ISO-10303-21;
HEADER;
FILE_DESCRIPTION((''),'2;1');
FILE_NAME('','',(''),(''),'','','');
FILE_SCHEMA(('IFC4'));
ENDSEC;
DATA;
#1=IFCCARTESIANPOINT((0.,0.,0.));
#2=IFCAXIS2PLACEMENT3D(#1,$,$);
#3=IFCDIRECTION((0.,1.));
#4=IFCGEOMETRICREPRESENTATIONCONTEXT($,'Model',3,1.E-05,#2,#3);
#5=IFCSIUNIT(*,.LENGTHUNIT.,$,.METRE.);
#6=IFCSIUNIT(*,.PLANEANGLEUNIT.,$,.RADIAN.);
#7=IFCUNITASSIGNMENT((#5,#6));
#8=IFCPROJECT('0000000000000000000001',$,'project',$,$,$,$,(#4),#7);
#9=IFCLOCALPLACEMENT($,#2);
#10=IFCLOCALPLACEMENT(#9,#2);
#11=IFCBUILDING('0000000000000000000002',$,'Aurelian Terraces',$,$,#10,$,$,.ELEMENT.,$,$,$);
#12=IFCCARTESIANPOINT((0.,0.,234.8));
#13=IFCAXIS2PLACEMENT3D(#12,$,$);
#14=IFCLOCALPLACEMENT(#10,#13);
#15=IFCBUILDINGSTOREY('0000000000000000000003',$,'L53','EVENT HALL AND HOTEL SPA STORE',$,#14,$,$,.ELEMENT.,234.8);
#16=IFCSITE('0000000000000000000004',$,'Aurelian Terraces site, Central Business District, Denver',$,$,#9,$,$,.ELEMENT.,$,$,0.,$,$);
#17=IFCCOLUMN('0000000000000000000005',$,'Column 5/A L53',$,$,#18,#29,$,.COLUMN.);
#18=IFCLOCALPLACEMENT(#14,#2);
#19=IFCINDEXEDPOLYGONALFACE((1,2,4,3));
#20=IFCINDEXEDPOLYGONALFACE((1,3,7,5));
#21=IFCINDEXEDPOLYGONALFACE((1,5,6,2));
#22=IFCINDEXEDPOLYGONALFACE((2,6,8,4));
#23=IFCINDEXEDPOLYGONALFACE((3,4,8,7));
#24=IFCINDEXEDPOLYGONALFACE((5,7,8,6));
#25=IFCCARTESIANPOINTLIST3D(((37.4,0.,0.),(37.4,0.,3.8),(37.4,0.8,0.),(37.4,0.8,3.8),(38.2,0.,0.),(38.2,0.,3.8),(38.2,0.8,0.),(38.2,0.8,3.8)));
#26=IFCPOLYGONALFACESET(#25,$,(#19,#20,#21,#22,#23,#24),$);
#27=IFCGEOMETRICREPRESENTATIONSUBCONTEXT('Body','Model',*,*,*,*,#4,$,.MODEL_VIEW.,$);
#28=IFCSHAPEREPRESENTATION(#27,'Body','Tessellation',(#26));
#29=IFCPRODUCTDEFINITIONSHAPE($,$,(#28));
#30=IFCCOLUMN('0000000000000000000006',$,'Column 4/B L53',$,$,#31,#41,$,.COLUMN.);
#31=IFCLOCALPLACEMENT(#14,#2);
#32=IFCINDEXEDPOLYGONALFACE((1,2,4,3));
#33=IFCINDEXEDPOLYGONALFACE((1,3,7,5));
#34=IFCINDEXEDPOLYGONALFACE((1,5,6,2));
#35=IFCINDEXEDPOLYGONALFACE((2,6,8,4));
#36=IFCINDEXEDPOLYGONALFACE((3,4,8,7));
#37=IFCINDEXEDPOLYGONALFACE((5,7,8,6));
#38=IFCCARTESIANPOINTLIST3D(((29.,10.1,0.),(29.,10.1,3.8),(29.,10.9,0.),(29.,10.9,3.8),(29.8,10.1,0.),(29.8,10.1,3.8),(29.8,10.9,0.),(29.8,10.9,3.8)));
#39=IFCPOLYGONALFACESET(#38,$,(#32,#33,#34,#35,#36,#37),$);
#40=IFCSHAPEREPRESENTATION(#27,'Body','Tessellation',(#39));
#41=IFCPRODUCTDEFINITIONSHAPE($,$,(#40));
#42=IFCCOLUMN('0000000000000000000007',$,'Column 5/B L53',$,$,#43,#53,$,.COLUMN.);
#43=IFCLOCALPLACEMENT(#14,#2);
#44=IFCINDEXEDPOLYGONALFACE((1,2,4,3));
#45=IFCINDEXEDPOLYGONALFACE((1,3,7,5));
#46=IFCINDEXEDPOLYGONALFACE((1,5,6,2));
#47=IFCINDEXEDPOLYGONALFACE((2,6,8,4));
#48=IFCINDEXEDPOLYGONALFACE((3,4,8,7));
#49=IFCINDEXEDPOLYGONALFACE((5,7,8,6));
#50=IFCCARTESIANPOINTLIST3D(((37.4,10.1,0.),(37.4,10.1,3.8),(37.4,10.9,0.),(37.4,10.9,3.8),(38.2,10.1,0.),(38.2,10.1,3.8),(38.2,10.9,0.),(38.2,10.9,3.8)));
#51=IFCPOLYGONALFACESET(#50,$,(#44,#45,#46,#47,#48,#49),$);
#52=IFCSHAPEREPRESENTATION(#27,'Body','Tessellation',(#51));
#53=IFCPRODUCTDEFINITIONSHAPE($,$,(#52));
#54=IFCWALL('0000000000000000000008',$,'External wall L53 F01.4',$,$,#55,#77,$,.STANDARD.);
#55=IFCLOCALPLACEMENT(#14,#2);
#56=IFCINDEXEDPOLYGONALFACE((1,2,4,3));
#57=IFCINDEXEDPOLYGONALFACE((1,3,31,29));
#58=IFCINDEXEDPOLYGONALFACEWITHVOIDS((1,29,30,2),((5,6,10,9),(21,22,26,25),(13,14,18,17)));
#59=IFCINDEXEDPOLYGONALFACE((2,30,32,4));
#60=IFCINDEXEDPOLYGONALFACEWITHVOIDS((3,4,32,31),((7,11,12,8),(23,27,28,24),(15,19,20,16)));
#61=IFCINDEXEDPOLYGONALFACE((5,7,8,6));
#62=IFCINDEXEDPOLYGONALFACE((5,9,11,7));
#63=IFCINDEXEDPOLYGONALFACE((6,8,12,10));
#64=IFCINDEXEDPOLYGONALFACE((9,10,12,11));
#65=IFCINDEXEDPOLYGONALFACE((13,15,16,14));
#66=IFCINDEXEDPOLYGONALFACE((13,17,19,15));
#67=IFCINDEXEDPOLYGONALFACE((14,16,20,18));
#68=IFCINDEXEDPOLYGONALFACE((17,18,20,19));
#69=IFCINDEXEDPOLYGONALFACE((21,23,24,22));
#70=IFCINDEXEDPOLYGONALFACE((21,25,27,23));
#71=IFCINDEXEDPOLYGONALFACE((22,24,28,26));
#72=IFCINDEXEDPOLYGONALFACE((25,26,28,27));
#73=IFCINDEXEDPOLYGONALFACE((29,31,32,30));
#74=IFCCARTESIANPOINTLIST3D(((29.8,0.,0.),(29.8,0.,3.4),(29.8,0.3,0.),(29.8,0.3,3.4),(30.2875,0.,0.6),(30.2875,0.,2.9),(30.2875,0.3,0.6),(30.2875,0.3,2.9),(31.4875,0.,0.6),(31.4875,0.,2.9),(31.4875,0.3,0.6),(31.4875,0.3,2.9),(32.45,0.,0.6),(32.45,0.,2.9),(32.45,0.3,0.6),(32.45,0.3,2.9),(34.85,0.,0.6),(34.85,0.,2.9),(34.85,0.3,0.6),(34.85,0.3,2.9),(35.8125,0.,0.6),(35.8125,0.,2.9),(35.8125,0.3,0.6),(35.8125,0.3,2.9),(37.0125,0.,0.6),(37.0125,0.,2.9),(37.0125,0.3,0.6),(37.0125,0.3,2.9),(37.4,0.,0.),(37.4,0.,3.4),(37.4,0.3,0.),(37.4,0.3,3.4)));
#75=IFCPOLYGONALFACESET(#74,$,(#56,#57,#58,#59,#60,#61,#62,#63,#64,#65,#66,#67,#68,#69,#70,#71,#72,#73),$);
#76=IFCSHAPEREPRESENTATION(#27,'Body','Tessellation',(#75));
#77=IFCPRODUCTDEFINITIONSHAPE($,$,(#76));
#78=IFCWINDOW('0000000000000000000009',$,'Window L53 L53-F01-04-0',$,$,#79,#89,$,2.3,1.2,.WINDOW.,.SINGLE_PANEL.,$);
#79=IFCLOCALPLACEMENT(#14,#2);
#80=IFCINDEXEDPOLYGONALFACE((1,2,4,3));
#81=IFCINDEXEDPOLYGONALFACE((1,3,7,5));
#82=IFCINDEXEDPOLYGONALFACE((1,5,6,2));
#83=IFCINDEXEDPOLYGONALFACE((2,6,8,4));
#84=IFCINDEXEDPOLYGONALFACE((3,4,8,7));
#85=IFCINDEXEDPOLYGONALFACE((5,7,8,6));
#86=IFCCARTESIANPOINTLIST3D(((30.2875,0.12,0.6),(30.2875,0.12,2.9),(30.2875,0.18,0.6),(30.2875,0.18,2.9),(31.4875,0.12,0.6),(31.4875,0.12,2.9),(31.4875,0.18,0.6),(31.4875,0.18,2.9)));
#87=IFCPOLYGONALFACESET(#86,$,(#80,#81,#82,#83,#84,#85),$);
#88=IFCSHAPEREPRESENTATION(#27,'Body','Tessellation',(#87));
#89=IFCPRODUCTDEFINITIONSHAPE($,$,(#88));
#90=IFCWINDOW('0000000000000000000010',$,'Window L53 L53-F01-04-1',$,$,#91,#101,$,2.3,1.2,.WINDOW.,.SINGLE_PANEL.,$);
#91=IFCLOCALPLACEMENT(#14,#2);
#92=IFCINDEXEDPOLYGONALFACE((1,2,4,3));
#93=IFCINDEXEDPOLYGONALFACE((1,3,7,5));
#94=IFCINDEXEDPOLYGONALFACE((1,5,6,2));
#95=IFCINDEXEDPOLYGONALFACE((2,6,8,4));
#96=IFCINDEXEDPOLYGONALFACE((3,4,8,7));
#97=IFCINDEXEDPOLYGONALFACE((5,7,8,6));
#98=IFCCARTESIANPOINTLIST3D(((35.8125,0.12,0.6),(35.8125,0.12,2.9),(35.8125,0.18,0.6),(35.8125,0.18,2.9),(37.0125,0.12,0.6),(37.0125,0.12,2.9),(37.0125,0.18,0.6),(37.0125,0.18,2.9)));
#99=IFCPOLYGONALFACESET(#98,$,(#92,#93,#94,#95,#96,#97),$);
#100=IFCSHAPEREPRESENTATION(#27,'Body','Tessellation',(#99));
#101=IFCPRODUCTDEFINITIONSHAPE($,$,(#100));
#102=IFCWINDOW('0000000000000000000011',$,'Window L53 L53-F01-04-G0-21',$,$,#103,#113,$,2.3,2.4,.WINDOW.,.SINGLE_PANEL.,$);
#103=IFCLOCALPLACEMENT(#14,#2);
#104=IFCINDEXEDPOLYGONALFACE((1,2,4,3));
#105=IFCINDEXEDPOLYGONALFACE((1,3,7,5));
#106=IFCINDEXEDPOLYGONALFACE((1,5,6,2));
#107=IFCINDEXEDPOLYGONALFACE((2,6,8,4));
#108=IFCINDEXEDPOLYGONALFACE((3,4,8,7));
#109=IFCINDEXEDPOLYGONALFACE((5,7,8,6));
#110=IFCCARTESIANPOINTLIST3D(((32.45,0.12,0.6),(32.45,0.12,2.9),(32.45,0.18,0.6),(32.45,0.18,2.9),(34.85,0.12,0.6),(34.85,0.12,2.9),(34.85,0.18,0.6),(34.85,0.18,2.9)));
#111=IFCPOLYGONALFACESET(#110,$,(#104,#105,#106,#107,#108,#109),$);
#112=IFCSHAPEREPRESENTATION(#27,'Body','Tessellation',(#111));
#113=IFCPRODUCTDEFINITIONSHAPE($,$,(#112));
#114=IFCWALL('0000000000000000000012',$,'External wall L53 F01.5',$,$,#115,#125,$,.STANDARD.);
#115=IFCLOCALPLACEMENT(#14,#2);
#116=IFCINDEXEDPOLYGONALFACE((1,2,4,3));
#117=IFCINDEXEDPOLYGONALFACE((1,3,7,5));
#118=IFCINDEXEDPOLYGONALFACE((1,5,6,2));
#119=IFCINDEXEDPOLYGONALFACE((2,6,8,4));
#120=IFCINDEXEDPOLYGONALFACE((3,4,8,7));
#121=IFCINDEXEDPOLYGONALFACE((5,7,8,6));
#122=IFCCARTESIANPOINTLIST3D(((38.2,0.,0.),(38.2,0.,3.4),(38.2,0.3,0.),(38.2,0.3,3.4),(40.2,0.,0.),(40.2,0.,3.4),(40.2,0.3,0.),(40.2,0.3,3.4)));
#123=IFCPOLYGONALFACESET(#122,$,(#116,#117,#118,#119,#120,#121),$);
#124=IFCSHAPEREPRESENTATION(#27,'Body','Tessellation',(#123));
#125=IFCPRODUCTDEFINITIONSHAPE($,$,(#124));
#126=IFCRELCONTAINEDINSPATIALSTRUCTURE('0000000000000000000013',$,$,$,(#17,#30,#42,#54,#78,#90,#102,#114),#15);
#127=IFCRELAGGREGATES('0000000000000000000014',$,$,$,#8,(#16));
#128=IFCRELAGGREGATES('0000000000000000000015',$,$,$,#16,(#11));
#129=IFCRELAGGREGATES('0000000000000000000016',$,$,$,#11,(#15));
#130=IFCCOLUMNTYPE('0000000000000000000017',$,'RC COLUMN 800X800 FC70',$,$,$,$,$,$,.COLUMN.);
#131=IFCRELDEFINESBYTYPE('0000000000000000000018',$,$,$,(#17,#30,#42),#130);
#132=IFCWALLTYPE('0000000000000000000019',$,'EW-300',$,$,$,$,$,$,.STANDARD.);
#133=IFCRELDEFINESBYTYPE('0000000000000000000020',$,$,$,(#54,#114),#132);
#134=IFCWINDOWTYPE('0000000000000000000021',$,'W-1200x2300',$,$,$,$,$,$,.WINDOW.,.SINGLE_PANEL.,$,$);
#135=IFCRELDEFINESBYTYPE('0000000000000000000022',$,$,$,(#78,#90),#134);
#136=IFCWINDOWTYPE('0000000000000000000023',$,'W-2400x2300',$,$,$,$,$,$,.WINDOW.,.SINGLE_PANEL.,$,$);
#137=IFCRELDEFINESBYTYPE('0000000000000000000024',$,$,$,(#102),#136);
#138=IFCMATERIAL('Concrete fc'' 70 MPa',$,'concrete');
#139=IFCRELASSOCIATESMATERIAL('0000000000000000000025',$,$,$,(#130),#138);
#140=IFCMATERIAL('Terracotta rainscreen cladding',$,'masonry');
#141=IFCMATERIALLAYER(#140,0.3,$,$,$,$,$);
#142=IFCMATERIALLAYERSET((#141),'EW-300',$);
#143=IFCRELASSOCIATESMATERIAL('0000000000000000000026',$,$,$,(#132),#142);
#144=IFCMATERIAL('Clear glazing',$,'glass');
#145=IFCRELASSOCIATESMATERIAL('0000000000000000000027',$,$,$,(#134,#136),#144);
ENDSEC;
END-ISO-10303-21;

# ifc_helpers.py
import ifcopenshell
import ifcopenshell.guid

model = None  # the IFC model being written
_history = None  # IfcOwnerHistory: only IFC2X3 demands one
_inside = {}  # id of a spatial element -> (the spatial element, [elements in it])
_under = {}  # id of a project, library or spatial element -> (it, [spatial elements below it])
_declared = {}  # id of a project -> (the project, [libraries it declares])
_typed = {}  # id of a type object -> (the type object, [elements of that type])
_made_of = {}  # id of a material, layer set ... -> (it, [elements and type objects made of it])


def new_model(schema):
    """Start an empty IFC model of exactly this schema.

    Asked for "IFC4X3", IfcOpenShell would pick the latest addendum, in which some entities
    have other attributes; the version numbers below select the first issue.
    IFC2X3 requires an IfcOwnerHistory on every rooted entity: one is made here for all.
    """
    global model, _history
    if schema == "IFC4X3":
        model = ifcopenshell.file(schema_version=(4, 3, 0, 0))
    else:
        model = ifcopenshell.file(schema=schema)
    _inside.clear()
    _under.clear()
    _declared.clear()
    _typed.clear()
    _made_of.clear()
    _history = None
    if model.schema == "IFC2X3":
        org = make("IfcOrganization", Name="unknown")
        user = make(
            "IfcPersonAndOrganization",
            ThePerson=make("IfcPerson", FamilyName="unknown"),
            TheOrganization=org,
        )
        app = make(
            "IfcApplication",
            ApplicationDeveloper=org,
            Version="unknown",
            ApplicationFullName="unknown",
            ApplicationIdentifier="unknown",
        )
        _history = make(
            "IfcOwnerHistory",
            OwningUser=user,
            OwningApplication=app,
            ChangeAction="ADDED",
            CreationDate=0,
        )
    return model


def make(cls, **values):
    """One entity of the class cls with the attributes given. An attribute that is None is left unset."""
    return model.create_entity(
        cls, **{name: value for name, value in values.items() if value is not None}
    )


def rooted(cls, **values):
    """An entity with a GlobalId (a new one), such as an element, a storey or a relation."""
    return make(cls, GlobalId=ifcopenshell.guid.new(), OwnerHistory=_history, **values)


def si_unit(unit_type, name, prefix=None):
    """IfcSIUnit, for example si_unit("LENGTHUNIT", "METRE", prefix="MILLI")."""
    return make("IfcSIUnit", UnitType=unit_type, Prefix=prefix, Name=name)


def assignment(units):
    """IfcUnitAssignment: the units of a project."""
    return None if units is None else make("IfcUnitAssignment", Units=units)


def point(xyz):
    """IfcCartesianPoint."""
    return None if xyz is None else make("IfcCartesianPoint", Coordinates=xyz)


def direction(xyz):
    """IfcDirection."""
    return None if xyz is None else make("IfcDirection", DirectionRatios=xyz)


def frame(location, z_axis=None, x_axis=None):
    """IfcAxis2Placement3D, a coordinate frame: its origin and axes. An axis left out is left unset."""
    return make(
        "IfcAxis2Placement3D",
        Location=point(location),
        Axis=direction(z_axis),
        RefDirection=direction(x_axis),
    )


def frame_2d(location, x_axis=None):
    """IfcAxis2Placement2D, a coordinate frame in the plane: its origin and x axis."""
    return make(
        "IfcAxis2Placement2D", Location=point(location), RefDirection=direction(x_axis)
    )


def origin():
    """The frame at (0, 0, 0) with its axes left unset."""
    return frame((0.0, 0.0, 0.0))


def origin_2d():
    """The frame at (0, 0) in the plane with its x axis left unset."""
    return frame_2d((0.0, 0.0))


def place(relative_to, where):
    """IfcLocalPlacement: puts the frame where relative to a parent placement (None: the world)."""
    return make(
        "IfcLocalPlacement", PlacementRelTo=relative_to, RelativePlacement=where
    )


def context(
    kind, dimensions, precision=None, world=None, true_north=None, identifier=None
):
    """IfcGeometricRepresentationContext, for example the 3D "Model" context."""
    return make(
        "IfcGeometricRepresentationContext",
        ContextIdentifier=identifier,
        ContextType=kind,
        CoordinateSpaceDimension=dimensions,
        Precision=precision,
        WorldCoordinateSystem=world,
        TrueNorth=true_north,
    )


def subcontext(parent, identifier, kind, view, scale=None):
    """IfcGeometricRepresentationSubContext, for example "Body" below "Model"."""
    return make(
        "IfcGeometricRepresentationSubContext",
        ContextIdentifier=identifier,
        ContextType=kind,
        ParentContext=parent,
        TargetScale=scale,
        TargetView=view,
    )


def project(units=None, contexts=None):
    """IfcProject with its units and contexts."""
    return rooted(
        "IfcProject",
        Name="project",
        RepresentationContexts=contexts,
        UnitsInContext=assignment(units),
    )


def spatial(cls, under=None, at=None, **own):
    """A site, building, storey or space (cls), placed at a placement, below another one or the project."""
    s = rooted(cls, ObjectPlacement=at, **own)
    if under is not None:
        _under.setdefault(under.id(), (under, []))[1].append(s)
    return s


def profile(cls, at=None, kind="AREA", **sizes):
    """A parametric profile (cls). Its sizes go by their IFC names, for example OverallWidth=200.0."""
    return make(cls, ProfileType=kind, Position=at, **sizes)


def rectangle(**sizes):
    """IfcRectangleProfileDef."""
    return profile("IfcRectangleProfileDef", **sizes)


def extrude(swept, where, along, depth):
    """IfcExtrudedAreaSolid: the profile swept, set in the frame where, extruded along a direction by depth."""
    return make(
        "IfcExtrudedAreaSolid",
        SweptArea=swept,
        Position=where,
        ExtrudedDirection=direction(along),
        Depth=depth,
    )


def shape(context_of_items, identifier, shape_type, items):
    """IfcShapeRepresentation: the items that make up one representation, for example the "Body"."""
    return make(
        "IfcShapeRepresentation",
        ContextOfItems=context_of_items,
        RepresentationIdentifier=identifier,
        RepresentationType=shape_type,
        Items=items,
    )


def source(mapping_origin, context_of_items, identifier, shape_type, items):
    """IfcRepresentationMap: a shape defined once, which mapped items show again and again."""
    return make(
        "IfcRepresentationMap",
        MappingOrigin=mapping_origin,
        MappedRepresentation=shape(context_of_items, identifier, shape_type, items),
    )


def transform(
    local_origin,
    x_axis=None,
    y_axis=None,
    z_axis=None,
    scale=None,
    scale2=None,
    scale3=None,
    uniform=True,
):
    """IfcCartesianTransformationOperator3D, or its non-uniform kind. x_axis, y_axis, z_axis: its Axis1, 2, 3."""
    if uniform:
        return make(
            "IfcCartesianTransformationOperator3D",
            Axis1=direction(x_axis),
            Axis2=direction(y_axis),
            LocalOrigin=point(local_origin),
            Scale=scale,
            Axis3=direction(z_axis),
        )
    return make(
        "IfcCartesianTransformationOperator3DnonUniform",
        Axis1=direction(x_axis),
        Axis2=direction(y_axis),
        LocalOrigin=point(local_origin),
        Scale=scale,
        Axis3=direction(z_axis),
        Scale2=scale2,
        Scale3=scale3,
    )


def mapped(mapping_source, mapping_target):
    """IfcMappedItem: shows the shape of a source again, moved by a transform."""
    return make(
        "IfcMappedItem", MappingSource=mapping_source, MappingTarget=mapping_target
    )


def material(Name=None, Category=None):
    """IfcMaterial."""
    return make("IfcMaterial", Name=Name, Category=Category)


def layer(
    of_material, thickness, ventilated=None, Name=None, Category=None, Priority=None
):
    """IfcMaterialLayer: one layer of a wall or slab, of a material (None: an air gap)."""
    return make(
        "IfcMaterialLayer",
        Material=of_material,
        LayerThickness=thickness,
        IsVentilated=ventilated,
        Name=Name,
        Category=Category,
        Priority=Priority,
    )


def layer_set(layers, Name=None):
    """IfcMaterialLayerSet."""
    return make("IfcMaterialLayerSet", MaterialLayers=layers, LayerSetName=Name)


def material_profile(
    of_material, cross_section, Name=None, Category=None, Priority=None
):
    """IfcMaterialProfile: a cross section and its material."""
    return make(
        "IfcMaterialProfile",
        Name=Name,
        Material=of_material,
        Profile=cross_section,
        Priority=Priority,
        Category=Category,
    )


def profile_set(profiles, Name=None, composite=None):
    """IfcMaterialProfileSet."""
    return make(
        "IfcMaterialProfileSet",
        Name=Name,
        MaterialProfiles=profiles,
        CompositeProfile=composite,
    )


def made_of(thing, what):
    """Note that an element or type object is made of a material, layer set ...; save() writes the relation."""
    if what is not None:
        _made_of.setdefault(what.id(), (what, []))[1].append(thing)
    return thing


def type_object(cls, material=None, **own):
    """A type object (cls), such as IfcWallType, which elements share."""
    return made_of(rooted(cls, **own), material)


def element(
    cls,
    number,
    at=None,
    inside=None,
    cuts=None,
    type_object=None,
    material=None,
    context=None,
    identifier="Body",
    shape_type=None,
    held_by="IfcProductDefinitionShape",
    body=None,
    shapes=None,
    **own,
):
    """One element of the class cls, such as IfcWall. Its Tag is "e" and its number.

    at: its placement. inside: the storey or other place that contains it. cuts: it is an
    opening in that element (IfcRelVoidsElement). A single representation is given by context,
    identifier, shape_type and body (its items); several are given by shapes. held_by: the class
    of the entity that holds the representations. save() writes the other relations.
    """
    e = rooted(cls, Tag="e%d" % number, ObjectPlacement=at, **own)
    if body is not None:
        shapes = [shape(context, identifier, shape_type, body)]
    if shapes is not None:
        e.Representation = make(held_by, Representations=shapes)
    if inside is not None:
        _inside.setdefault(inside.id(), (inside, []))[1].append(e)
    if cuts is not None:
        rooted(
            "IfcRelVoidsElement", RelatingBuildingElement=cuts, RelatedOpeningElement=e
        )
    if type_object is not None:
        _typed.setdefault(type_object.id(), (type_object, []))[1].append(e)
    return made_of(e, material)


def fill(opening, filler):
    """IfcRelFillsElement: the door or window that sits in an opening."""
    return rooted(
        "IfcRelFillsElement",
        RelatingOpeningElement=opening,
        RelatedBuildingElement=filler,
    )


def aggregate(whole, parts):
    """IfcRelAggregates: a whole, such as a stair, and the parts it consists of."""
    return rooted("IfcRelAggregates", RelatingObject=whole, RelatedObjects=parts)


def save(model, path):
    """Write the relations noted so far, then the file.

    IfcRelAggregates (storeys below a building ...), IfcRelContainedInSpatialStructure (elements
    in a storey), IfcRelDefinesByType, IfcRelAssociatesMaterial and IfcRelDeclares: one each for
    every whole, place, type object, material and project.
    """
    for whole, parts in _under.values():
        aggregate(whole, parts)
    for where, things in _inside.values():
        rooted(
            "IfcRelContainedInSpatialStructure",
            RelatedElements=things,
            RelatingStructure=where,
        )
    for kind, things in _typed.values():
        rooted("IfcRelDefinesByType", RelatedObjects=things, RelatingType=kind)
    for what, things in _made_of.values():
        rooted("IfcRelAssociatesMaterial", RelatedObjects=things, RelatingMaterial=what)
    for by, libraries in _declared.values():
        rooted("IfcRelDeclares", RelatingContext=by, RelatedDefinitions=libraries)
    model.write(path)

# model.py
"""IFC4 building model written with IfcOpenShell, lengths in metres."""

from ifc_helpers import new_model, si_unit, direction, frame, frame_2d, origin, origin_2d, place, context, subcontext, project, spatial, rectangle, extrude, source, transform, mapped, material, layer, layer_set, material_profile, profile_set, type_object, element, fill, save


model = new_model("IFC4")

# Units and contexts
model_context = context("Model", 3, precision=1e-05, world=origin(), true_north=direction((0.0, 1.0)))
body_context = subcontext(model_context, "Body", "Model", "MODEL_VIEW")
ifc_project = project(units=[si_unit("LENGTHUNIT", "METRE"), si_unit("PLANEANGLEUNIT", "RADIAN")], contexts=[model_context])

# Site, building, storey
site_placement = place(None, origin())
site = spatial("IfcSite", under=ifc_project, at=site_placement, Name="Aurelian Terraces site, Central Business District, Denver", CompositionType="ELEMENT", RefElevation=0.0)
building_placement = place(site_placement, origin())
building = spatial("IfcBuilding", under=site, at=building_placement, Name="Aurelian Terraces", CompositionType="ELEMENT")
storey_placement = place(building_placement, frame((0.0, 0.0, 234.8)))
storey = spatial("IfcBuildingStorey", under=building, at=storey_placement, Name="L53", Description="EVENT HALL AND HOTEL SPA STORE", CompositionType="ELEMENT", Elevation=234.8)

# Columns
ifc_material_1 = material(Name="Concrete fc' 70 MPa", Category="concrete")
ifc_material_profile = material_profile(ifc_material_1, rectangle(XDim=0.8, YDim=0.8, at=origin_2d()))
ifc_profile_set = profile_set([ifc_material_profile], Name="Concrete fc' 70 MPa")
column_type = type_object("IfcColumnType", Name="RC COLUMN 800X800 FC70", PredefinedType="COLUMN", material=ifc_profile_set)
shared_shape_1 = source(origin(), body_context, "Body", "SweptSolid", [
    extrude(rectangle(XDim=0.8, YDim=0.8, at=origin_2d()), origin(), (0.0, 0.0, 1.0), 3.8),
])
for number, where, z_axis, x_axis, name in (
    (1, (37.8, 0.4, 0.0), (0.0, 0.0, 1.0), (1.0, 0.0, 0.0), "Column 5/A L53"),
    (2, (29.4, 10.5, 0.0), (0.0, 0.0, 1.0), (1.0, 0.0, 0.0), "Column 4/B L53"),
    (3, (37.8, 10.5, 0.0), (0.0, 0.0, 1.0), (1.0, 0.0, 0.0), "Column 5/B L53"),
):
    element("IfcColumn", number, at=place(storey_placement, frame(where, z_axis=z_axis, x_axis=x_axis)), inside=storey, type_object=column_type, Name=name, PredefinedType="COLUMN", context=body_context, shape_type="MappedRepresentation", body=[
        mapped(shared_shape_1, transform((0.0, 0.0, 0.0), scale=1.0)),
    ])

# Wall, openings, windows
ifc_material_2 = material(Name="Terracotta rainscreen cladding", Category="masonry")
ifc_layer_1 = layer(ifc_material_2, 0.3)
ifc_layer_set_1 = layer_set([ifc_layer_1], Name="EW-300")
wall_type_1 = type_object("IfcWallType", Name="EW-300", PredefinedType="STANDARD", material=ifc_layer_set_1)
shared_shape_2 = source(origin(), body_context, "Body", "SweptSolid", [
    extrude(rectangle(XDim=7.6, YDim=0.3, at=frame_2d((3.8, 0.0))), origin(), (0.0, 0.0, 1.0), 3.4),
])
wall_1_placement = place(storey_placement, frame((29.8, 0.15, 0.0), z_axis=(0.0, 0.0, 1.0), x_axis=(1.0, 0.0, 0.0)))
wall_1 = element("IfcWall", 4, at=wall_1_placement, inside=storey, type_object=wall_type_1, Name="External wall L53 F01.4", PredefinedType="STANDARD", context=body_context, shape_type="MappedRepresentation", body=[
    mapped(shared_shape_2, transform((0.0, 0.0, 0.0), scale=1.0)),
])
shared_shape_3 = source(origin(), body_context, "Body", "SweptSolid", [
    extrude(rectangle(XDim=1.2, YDim=2.3, at=frame_2d((0.6, 1.15))), frame((0.0, 0.16, 0.0), z_axis=(0.0, -1.0, 0.0), x_axis=(1.0, 0.0, 0.0)), (0.0, 0.0, 1.0), 0.32),
])
opening_1_placement = place(wall_1_placement, frame((0.4875, 0.0, 0.6)))
opening_1 = element("IfcOpeningElement", 5, at=opening_1_placement, cuts=wall_1, PredefinedType="OPENING", context=body_context, shape_type="MappedRepresentation", body=[
    mapped(shared_shape_3, transform((0.0, 0.0, 0.0), scale=1.0)),
])
opening_2_placement = place(wall_1_placement, frame((6.0125, 0.0, 0.6)))
opening_2 = element("IfcOpeningElement", 6, at=opening_2_placement, cuts=wall_1, PredefinedType="OPENING", context=body_context, shape_type="MappedRepresentation", body=[
    mapped(shared_shape_3, transform((0.0, 0.0, 0.0), scale=1.0)),
])
shared_shape_4 = source(origin(), body_context, "Body", "SweptSolid", [
    extrude(rectangle(XDim=2.4, YDim=2.3, at=frame_2d((1.2, 1.15))), frame((0.0, 0.16, 0.0), z_axis=(0.0, -1.0, 0.0), x_axis=(1.0, 0.0, 0.0)), (0.0, 0.0, 1.0), 0.32),
])
opening_3_placement = place(wall_1_placement, frame((2.65, 0.0, 0.6)))
opening_3 = element("IfcOpeningElement", 7, at=opening_3_placement, cuts=wall_1, PredefinedType="OPENING", context=body_context, shape_type="MappedRepresentation", body=[
    mapped(shared_shape_4, transform((0.0, 0.0, 0.0), scale=1.0)),
])
ifc_material_3 = material(Name="Clear glazing", Category="glass")
window_type_1 = type_object("IfcWindowType", Name="W-1200x2300", PartitioningType="SINGLE_PANEL", PredefinedType="WINDOW", material=ifc_material_3)
shared_shape_5 = source(origin(), body_context, "Body", "SweptSolid", [
    extrude(rectangle(XDim=1.2, YDim=2.3, at=frame_2d((0.6, 1.15))), frame((0.0, 0.03, 0.0), z_axis=(0.0, -1.0, 0.0), x_axis=(1.0, 0.0, 0.0)), (0.0, 0.0, 1.0), 0.06),
])
window_1_placement = place(opening_1_placement, origin())
window_1 = element("IfcWindow", 8, at=window_1_placement, inside=storey, type_object=window_type_1, Name="Window L53 L53-F01-04-0", OverallHeight=2.3, OverallWidth=1.2, PartitioningType="SINGLE_PANEL", PredefinedType="WINDOW", context=body_context, shape_type="MappedRepresentation", body=[
    mapped(shared_shape_5, transform((0.0, 0.0, 0.0), scale=1.0)),
])
fill(opening_1, window_1)
window_2_placement = place(opening_2_placement, origin())
window_2 = element("IfcWindow", 9, at=window_2_placement, inside=storey, type_object=window_type_1, Name="Window L53 L53-F01-04-1", OverallHeight=2.3, OverallWidth=1.2, PartitioningType="SINGLE_PANEL", PredefinedType="WINDOW", context=body_context, shape_type="MappedRepresentation", body=[
    mapped(shared_shape_5, transform((0.0, 0.0, 0.0), scale=1.0)),
])
fill(opening_2, window_2)
window_type_2 = type_object("IfcWindowType", Name="W-2400x2300", PartitioningType="SINGLE_PANEL", PredefinedType="WINDOW", material=ifc_material_3)
shared_shape_6 = source(origin(), body_context, "Body", "SweptSolid", [
    extrude(rectangle(XDim=2.4, YDim=2.3, at=frame_2d((1.2, 1.15))), frame((0.0, 0.03, 0.0), z_axis=(0.0, -1.0, 0.0), x_axis=(1.0, 0.0, 0.0)), (0.0, 0.0, 1.0), 0.06),
])
window_3_placement = place(opening_3_placement, origin())
window_3 = element("IfcWindow", 10, at=window_3_placement, inside=storey, type_object=window_type_2, Name="Window L53 L53-F01-04-G0-21", OverallHeight=2.3, OverallWidth=2.4, PartitioningType="SINGLE_PANEL", PredefinedType="WINDOW", context=body_context, shape_type="MappedRepresentation", body=[
    mapped(shared_shape_6, transform((0.0, 0.0, 0.0), scale=1.0)),
])
fill(opening_3, window_3)

# Wall
shared_shape_7 = source(origin(), body_context, "Body", "SweptSolid", [
    extrude(rectangle(XDim=2.0, YDim=0.3, at=frame_2d((1.0, 0.0))), origin(), (0.0, 0.0, 1.0), 3.4),
])
wall_2_placement = place(storey_placement, frame((38.2, 0.15, 0.0), z_axis=(0.0, 0.0, 1.0), x_axis=(1.0, 0.0, 0.0)))
element("IfcWall", 11, at=wall_2_placement, inside=storey, type_object=wall_type_1, Name="External wall L53 F01.5", PredefinedType="STANDARD", context=body_context, shape_type="MappedRepresentation", body=[
    mapped(shared_shape_7, transform((0.0, 0.0, 0.0), scale=1.0)),
])

save(model, "model.ifc")
